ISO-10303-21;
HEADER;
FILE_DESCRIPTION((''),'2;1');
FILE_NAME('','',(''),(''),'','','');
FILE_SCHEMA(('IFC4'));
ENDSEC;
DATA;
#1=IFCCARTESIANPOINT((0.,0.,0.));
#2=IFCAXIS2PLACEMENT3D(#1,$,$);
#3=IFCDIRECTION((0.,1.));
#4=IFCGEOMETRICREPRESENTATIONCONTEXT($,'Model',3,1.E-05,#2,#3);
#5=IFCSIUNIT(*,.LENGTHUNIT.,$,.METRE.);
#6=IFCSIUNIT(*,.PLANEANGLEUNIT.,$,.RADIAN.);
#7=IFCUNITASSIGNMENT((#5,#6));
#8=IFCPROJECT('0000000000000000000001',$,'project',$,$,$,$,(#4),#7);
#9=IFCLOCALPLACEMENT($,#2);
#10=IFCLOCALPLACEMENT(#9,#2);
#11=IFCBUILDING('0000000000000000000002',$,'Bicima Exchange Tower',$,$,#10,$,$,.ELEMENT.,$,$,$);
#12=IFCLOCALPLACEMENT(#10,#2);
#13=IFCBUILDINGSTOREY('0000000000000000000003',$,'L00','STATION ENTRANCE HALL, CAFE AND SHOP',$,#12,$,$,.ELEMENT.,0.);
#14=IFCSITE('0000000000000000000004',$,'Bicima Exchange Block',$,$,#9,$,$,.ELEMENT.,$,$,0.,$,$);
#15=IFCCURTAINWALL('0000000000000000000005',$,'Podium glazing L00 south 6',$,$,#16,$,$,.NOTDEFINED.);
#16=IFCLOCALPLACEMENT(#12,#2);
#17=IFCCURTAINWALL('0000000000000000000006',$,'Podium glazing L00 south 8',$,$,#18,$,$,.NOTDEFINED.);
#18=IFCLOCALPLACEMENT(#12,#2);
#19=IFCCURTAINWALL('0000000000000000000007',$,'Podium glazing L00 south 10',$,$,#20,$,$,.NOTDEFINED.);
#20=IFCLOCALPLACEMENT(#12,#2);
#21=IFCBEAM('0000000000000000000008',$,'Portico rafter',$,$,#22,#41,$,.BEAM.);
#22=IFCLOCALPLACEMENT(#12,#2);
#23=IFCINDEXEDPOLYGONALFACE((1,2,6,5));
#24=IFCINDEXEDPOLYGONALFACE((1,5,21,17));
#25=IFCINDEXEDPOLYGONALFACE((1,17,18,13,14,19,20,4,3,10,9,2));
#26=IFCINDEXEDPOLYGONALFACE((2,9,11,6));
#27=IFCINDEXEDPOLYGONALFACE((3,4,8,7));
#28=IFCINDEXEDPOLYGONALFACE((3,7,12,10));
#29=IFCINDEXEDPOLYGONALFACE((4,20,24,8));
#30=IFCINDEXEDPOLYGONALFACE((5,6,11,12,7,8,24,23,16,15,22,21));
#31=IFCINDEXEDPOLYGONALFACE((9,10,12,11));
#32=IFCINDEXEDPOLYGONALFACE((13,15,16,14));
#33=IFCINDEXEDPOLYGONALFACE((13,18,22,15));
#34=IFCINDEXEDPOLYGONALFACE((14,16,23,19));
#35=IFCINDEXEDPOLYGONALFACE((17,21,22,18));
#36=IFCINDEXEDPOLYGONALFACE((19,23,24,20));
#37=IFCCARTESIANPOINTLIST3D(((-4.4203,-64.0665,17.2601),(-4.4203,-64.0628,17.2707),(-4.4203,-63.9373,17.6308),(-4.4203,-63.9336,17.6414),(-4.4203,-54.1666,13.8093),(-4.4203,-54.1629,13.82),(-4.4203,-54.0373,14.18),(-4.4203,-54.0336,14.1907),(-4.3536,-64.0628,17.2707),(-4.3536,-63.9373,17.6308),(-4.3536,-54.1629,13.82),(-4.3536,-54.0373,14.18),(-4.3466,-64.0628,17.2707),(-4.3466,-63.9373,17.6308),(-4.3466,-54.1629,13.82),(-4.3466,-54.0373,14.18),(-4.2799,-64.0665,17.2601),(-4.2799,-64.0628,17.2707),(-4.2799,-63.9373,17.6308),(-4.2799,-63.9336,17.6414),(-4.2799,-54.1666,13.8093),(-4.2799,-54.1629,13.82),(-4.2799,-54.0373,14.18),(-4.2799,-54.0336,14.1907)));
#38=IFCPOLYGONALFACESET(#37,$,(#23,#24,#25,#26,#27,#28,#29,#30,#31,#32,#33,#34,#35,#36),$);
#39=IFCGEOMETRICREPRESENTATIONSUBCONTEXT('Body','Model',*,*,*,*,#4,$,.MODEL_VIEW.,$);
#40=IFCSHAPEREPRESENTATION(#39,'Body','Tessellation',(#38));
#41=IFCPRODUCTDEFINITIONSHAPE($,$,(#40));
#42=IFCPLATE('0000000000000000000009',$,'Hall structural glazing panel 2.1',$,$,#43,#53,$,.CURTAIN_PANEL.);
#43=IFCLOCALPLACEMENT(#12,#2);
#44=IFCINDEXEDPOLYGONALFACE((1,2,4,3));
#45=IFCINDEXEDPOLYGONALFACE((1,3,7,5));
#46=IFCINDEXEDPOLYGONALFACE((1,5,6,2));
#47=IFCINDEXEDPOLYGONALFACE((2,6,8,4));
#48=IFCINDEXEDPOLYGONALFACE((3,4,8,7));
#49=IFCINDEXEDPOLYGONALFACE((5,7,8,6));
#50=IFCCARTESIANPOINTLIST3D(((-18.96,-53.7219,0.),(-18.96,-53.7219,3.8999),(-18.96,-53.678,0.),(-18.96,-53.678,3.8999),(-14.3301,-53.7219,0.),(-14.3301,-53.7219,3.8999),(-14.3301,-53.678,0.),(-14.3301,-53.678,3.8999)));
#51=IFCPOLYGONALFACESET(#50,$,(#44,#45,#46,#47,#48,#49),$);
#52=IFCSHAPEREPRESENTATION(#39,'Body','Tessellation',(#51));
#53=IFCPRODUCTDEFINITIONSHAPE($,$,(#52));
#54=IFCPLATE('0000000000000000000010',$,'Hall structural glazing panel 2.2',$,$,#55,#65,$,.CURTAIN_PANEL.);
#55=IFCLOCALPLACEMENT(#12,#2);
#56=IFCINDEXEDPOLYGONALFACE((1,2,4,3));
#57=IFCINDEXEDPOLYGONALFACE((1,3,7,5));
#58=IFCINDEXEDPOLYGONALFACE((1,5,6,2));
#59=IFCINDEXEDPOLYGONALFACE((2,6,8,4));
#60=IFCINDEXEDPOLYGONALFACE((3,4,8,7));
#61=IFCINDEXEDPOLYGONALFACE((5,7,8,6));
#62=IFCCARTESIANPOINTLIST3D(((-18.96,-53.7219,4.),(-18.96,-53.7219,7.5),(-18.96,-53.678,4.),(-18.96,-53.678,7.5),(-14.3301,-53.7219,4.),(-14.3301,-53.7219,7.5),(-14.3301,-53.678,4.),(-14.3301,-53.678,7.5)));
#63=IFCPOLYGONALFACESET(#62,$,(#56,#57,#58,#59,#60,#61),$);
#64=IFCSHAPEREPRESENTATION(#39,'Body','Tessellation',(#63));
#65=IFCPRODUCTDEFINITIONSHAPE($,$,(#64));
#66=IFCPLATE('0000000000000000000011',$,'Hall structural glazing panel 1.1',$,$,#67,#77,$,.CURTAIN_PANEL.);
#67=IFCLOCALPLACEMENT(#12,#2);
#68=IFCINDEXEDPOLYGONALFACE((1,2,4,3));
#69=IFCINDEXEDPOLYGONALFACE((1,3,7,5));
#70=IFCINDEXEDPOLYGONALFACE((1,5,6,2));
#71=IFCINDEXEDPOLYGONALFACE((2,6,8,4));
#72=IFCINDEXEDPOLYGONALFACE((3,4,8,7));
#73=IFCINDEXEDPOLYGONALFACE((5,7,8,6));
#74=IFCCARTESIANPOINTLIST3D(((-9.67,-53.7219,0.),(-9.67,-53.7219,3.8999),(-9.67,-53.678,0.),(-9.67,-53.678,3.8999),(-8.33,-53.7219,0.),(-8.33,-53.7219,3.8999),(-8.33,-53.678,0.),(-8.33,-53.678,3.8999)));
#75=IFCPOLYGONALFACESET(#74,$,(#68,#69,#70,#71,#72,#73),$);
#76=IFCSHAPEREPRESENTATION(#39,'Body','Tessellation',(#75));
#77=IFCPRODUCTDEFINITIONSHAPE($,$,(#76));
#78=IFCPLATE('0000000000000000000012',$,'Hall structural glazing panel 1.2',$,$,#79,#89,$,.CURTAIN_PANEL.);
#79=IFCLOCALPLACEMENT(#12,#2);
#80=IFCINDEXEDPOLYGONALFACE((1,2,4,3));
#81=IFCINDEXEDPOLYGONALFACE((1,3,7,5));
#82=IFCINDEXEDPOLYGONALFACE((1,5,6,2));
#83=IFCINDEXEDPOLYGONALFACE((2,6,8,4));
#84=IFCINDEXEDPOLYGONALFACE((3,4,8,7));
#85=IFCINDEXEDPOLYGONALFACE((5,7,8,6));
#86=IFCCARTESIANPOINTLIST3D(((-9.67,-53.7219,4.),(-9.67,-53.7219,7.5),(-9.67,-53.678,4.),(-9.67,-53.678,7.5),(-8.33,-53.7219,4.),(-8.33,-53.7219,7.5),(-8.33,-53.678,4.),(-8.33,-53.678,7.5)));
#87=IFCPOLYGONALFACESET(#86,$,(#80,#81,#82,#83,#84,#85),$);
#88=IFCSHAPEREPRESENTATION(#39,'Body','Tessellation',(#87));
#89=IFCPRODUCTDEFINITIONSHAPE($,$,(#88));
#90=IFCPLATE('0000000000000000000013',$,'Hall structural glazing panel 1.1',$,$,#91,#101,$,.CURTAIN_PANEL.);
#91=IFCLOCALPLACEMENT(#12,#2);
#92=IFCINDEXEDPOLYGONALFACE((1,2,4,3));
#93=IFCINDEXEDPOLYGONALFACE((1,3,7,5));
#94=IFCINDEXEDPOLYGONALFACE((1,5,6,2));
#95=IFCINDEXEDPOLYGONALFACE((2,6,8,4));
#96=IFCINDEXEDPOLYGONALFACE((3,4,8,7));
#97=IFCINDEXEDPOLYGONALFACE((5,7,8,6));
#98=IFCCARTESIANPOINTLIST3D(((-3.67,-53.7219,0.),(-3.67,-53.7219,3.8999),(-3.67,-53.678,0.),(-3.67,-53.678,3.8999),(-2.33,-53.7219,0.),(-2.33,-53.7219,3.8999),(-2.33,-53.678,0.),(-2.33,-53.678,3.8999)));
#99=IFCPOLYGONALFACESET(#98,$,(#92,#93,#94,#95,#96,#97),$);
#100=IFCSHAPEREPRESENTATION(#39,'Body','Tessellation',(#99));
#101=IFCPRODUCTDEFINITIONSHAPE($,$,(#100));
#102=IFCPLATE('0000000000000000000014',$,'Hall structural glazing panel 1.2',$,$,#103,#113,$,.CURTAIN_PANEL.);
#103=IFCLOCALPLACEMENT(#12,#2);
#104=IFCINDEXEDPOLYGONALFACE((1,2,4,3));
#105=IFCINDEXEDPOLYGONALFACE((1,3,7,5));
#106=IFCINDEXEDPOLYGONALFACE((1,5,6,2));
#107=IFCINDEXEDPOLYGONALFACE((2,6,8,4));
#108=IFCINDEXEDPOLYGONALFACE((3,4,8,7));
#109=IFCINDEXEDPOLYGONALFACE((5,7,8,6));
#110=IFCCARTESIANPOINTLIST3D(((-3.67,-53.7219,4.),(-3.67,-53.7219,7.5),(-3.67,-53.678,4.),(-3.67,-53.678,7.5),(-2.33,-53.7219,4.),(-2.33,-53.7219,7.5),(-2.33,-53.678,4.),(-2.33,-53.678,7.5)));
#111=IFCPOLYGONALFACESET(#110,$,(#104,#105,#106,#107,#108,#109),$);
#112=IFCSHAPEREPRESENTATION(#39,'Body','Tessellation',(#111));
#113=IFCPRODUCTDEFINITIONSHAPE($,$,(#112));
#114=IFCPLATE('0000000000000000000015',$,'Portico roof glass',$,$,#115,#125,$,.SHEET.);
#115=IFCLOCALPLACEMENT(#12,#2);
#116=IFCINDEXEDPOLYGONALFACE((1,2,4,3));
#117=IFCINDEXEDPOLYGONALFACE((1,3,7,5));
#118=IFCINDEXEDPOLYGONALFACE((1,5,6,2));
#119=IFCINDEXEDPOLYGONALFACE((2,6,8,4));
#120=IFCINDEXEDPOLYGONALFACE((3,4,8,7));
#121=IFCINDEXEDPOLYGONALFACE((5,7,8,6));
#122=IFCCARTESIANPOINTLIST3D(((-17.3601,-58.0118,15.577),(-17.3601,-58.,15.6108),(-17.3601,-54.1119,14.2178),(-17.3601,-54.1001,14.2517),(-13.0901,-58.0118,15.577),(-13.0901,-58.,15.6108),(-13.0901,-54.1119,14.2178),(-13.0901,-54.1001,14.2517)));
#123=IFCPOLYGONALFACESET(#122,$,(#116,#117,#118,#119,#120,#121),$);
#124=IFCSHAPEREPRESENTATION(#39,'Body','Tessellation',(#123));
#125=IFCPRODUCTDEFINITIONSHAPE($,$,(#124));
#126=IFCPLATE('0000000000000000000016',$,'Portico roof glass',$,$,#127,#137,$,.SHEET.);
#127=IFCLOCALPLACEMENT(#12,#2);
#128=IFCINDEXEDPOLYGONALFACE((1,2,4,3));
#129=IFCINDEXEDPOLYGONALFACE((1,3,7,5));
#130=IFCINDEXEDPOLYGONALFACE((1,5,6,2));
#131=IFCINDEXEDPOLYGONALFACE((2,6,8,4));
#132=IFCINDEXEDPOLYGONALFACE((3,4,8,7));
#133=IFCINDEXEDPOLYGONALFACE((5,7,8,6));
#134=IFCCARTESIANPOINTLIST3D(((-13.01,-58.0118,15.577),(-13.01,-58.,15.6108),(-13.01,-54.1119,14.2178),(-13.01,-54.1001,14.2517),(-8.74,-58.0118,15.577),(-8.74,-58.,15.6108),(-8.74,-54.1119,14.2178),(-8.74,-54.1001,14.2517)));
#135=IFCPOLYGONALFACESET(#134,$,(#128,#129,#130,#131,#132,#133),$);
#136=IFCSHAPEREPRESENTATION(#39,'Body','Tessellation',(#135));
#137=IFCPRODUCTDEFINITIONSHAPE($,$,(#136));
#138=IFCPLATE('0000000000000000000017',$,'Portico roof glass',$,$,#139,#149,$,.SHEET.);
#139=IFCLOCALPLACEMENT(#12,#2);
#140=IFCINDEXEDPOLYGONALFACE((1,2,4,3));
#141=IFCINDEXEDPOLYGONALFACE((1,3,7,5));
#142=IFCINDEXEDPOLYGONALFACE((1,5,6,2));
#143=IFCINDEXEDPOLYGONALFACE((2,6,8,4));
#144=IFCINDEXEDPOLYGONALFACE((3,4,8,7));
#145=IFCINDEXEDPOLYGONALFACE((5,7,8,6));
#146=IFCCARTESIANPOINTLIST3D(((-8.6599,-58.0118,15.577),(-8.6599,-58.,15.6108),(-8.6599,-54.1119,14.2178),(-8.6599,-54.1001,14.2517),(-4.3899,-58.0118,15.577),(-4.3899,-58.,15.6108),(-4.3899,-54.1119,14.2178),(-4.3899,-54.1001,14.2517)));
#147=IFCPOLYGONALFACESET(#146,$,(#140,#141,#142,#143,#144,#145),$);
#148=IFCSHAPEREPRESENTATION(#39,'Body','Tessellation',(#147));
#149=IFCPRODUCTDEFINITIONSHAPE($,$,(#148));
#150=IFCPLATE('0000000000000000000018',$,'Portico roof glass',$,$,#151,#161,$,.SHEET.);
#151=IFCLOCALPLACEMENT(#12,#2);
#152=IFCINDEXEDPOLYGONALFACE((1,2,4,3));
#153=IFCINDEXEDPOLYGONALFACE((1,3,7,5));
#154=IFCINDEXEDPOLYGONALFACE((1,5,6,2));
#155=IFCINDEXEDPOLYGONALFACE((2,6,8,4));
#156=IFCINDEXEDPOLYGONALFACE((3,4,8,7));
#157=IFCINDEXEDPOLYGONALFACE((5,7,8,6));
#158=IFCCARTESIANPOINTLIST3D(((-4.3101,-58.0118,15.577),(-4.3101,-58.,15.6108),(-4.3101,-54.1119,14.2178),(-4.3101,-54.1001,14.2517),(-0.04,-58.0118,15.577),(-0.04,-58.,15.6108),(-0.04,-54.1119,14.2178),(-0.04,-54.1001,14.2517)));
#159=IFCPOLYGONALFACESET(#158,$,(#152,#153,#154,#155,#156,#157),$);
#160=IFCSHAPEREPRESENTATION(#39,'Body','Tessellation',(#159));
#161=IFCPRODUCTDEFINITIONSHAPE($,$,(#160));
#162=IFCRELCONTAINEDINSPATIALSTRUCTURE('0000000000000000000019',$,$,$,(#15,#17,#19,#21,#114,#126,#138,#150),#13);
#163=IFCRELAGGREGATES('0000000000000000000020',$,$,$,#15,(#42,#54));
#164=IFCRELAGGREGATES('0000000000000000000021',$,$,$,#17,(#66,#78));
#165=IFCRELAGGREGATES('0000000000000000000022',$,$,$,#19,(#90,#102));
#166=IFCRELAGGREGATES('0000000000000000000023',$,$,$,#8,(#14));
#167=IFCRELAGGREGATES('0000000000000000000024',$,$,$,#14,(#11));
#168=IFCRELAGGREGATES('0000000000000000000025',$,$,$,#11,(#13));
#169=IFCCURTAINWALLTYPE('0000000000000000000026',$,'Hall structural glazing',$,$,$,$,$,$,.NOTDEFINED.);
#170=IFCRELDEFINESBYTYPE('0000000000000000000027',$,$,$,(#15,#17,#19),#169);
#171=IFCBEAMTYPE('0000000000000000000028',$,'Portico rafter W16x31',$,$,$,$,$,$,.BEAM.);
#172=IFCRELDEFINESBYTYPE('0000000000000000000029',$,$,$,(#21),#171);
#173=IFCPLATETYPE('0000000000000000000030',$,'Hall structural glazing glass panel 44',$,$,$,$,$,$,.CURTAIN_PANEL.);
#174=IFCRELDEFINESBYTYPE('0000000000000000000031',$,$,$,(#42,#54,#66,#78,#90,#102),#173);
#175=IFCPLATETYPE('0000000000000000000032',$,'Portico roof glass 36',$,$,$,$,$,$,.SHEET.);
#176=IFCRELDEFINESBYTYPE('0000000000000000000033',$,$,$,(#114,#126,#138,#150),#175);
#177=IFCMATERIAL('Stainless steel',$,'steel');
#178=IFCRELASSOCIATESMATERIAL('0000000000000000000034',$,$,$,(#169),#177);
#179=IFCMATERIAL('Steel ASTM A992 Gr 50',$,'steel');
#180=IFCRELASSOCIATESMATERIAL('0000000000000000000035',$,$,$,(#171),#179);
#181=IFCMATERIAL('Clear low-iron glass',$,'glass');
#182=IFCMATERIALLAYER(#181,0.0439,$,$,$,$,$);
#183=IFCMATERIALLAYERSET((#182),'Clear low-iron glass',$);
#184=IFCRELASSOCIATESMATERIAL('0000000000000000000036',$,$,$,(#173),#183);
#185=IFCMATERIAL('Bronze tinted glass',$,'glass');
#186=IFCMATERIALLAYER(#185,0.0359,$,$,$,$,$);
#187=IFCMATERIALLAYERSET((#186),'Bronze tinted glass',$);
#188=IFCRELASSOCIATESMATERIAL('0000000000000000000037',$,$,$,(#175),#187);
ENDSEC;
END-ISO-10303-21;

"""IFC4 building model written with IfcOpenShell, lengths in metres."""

from ifc_helpers import new_model, si_unit, direction, frame, origin, origin_2d, place, context, subcontext, project, spatial, polyline, rectangle, i_section, outline, extrude, material, layer, layer_set, material_profile, profile_set, type_object, element, aggregate, save


model = new_model("IFC4")

# Units and contexts
model_context = context("Model", 3, precision=1e-05, world=origin(), true_north=direction((0.0, 1.0)))
body_context = subcontext(model_context, "Body", "Model", "MODEL_VIEW")
ifc_project = project(units=[si_unit("LENGTHUNIT", "METRE"), si_unit("PLANEANGLEUNIT", "RADIAN")], contexts=[model_context])

# Site, building, storey
site_placement = place(None, origin())
site = spatial("IfcSite", under=ifc_project, at=site_placement, Name="Bicima Exchange Block", CompositionType="ELEMENT", RefElevation=0.0)
building_placement = place(site_placement, origin())
building = spatial("IfcBuilding", under=site, at=building_placement, Name="Bicima Exchange Tower", CompositionType="ELEMENT")
storey_placement = place(building_placement, origin())
storey = spatial("IfcBuildingStorey", under=building, at=storey_placement, Name="L00", Description="STATION ENTRANCE HALL, CAFE AND SHOP", CompositionType="ELEMENT", Elevation=0.0)

# Curtain wall
ifc_material_1 = material(Name="Stainless steel", Category="steel")
curtain_wall_type = type_object("IfcCurtainWallType", Name="Hall structural glazing", PredefinedType="NOTDEFINED", material=ifc_material_1)
curtain_wall_1_placement = place(storey_placement, origin())
curtain_wall_1 = element("IfcCurtainWall", 1, at=curtain_wall_1_placement, inside=storey, type_object=curtain_wall_type, Name="Podium glazing L00 south 6", PredefinedType="NOTDEFINED")

# Curtain walls
curtain_wall_2_placement = place(storey_placement, origin())
curtain_wall_2 = element("IfcCurtainWall", 2, at=curtain_wall_2_placement, inside=storey, type_object=curtain_wall_type, Name="Podium glazing L00 south 8", PredefinedType="NOTDEFINED")
curtain_wall_3_placement = place(storey_placement, origin())
curtain_wall_3 = element("IfcCurtainWall", 3, at=curtain_wall_3_placement, inside=storey, type_object=curtain_wall_type, Name="Podium glazing L00 south 10", PredefinedType="NOTDEFINED")

# Beam
ifc_material_2 = material(Name="Steel ASTM A992 Gr 50", Category="steel")
ifc_material_profile_1 = material_profile(ifc_material_2, i_section(OverallWidth=0.1404, OverallDepth=0.4038, WebThickness=0.0071, FlangeThickness=0.0112, at=origin_2d()))
ifc_profile_set_1 = profile_set([ifc_material_profile_1], Name="Steel ASTM A992 Gr 50")
beam_type = type_object("IfcBeamType", Name="Portico rafter W16x31", PredefinedType="BEAM", material=ifc_profile_set_1)
for number, where, z_axis, x_axis, name in (
    (4, (-4.3501, -54.1001, 14.0), (0.0, -0.944282, 0.329137), (1.0, 0.0, 0.0), "Portico rafter"),
):
    element("IfcBeam", number, at=place(storey_placement, frame(where, z_axis=z_axis, x_axis=x_axis)), inside=storey, type_object=beam_type, Name=name, PredefinedType="BEAM", context=body_context, shape_type="SweptSolid", body=[
        extrude(i_section(OverallWidth=0.1404, OverallDepth=0.4038, WebThickness=0.0071, FlangeThickness=0.0112, at=origin_2d()), origin(), (0.0, 0.0, 1.0), 10.4841),
    ])

# Plates
ifc_material_3 = material(Name="Clear low-iron glass", Category="glass")
ifc_layer_1 = layer(ifc_material_3, 0.0439)
ifc_layer_set_1 = layer_set([ifc_layer_1], Name="Clear low-iron glass")
plate_type_1 = type_object("IfcPlateType", Name="Hall structural glazing glass panel 44", PredefinedType="CURTAIN_PANEL", material=ifc_layer_set_1)
plate_1_placement = place(storey_placement, frame((-16.645, -53.7, 0.0), z_axis=(0.0, 0.0, 1.0), x_axis=(1.0, 0.0, 0.0)))
plate_1 = element("IfcPlate", 5, at=plate_1_placement, type_object=plate_type_1, Name="Hall structural glazing panel 2.1", PredefinedType="CURTAIN_PANEL", context=body_context, shape_type="SweptSolid", body=[
    extrude(rectangle(XDim=4.6299, YDim=0.0439, at=origin_2d()), origin(), (0.0, 0.0, 1.0), 3.8999),
])
plate_2_placement = place(storey_placement, frame((-16.645, -53.7, 4.0), z_axis=(0.0, 0.0, 1.0), x_axis=(1.0, 0.0, 0.0)))
plate_2 = element("IfcPlate", 6, at=plate_2_placement, type_object=plate_type_1, Name="Hall structural glazing panel 2.2", PredefinedType="CURTAIN_PANEL", context=body_context, shape_type="SweptSolid", body=[
    extrude(rectangle(XDim=4.6299, YDim=0.0439, at=origin_2d()), origin(), (0.0, 0.0, 1.0), 3.5),
])
aggregate(curtain_wall_1, [plate_1, plate_2])
plate_3_placement = place(storey_placement, frame((-9.0, -53.7, 0.0), z_axis=(0.0, 0.0, 1.0), x_axis=(1.0, 0.0, 0.0)))
plate_3 = element("IfcPlate", 7, at=plate_3_placement, type_object=plate_type_1, Name="Hall structural glazing panel 1.1", PredefinedType="CURTAIN_PANEL", context=body_context, shape_type="SweptSolid", body=[
    extrude(rectangle(XDim=1.3401, YDim=0.0439, at=origin_2d()), origin(), (0.0, 0.0, 1.0), 3.8999),
])
plate_4_placement = place(storey_placement, frame((-9.0, -53.7, 4.0), z_axis=(0.0, 0.0, 1.0), x_axis=(1.0, 0.0, 0.0)))
plate_4 = element("IfcPlate", 8, at=plate_4_placement, type_object=plate_type_1, Name="Hall structural glazing panel 1.2", PredefinedType="CURTAIN_PANEL", context=body_context, shape_type="SweptSolid", body=[
    extrude(rectangle(XDim=1.3401, YDim=0.0439, at=origin_2d()), origin(), (0.0, 0.0, 1.0), 3.5),
])
aggregate(curtain_wall_2, [plate_3, plate_4])
plate_5_placement = place(storey_placement, frame((-3.0, -53.7, 0.0), z_axis=(0.0, 0.0, 1.0), x_axis=(1.0, 0.0, 0.0)))
plate_5 = element("IfcPlate", 9, at=plate_5_placement, type_object=plate_type_1, Name="Hall structural glazing panel 1.1", PredefinedType="CURTAIN_PANEL", context=body_context, shape_type="SweptSolid", body=[
    extrude(rectangle(XDim=1.3401, YDim=0.0439, at=origin_2d()), origin(), (0.0, 0.0, 1.0), 3.8999),
])
plate_6_placement = place(storey_placement, frame((-3.0, -53.7, 4.0), z_axis=(0.0, 0.0, 1.0), x_axis=(1.0, 0.0, 0.0)))
plate_6 = element("IfcPlate", 10, at=plate_6_placement, type_object=plate_type_1, Name="Hall structural glazing panel 1.2", PredefinedType="CURTAIN_PANEL", context=body_context, shape_type="SweptSolid", body=[
    extrude(rectangle(XDim=1.3401, YDim=0.0439, at=origin_2d()), origin(), (0.0, 0.0, 1.0), 3.5),
])
aggregate(curtain_wall_3, [plate_5, plate_6])

# Plates
ifc_material_4 = material(Name="Bronze tinted glass", Category="glass")
ifc_layer_2 = layer(ifc_material_4, 0.0359)
ifc_layer_set_2 = layer_set([ifc_layer_2], Name="Bronze tinted glass")
plate_type_2 = type_object("IfcPlateType", Name="Portico roof glass 36", PredefinedType="SHEET", material=ifc_layer_set_2)
for number, where, z_axis, x_axis, name in (
    (11, (-17.3601, -54.1001, 14.2517), (0.0, 0.329091, 0.944298), (1.0, 0.0, 0.0), "Portico roof glass"),
    (12, (-13.01, -54.1001, 14.2517), (0.0, 0.329091, 0.944298), (1.0, 0.0, 0.0), "Portico roof glass"),
    (13, (-8.6599, -54.1001, 14.2517), (0.0, 0.329091, 0.944298), (1.0, 0.0, 0.0), "Portico roof glass"),
    (14, (-4.3101, -54.1001, 14.2517), (0.0, 0.329091, 0.944298), (1.0, 0.0, 0.0), "Portico roof glass"),
):
    element("IfcPlate", number, at=place(storey_placement, frame(where, z_axis=z_axis, x_axis=x_axis)), inside=storey, type_object=plate_type_2, Name=name, PredefinedType="SHEET", context=body_context, shape_type="SweptSolid", body=[
        extrude(outline(polyline([(0.0, 0.0), (4.27, 0.0), (4.27, -4.1299), (0.0, -4.1299), (0.0, 0.0)])), origin(), (0.0, 0.0, -1.0), 0.0359),
    ])

save(model, "model.ifc")
